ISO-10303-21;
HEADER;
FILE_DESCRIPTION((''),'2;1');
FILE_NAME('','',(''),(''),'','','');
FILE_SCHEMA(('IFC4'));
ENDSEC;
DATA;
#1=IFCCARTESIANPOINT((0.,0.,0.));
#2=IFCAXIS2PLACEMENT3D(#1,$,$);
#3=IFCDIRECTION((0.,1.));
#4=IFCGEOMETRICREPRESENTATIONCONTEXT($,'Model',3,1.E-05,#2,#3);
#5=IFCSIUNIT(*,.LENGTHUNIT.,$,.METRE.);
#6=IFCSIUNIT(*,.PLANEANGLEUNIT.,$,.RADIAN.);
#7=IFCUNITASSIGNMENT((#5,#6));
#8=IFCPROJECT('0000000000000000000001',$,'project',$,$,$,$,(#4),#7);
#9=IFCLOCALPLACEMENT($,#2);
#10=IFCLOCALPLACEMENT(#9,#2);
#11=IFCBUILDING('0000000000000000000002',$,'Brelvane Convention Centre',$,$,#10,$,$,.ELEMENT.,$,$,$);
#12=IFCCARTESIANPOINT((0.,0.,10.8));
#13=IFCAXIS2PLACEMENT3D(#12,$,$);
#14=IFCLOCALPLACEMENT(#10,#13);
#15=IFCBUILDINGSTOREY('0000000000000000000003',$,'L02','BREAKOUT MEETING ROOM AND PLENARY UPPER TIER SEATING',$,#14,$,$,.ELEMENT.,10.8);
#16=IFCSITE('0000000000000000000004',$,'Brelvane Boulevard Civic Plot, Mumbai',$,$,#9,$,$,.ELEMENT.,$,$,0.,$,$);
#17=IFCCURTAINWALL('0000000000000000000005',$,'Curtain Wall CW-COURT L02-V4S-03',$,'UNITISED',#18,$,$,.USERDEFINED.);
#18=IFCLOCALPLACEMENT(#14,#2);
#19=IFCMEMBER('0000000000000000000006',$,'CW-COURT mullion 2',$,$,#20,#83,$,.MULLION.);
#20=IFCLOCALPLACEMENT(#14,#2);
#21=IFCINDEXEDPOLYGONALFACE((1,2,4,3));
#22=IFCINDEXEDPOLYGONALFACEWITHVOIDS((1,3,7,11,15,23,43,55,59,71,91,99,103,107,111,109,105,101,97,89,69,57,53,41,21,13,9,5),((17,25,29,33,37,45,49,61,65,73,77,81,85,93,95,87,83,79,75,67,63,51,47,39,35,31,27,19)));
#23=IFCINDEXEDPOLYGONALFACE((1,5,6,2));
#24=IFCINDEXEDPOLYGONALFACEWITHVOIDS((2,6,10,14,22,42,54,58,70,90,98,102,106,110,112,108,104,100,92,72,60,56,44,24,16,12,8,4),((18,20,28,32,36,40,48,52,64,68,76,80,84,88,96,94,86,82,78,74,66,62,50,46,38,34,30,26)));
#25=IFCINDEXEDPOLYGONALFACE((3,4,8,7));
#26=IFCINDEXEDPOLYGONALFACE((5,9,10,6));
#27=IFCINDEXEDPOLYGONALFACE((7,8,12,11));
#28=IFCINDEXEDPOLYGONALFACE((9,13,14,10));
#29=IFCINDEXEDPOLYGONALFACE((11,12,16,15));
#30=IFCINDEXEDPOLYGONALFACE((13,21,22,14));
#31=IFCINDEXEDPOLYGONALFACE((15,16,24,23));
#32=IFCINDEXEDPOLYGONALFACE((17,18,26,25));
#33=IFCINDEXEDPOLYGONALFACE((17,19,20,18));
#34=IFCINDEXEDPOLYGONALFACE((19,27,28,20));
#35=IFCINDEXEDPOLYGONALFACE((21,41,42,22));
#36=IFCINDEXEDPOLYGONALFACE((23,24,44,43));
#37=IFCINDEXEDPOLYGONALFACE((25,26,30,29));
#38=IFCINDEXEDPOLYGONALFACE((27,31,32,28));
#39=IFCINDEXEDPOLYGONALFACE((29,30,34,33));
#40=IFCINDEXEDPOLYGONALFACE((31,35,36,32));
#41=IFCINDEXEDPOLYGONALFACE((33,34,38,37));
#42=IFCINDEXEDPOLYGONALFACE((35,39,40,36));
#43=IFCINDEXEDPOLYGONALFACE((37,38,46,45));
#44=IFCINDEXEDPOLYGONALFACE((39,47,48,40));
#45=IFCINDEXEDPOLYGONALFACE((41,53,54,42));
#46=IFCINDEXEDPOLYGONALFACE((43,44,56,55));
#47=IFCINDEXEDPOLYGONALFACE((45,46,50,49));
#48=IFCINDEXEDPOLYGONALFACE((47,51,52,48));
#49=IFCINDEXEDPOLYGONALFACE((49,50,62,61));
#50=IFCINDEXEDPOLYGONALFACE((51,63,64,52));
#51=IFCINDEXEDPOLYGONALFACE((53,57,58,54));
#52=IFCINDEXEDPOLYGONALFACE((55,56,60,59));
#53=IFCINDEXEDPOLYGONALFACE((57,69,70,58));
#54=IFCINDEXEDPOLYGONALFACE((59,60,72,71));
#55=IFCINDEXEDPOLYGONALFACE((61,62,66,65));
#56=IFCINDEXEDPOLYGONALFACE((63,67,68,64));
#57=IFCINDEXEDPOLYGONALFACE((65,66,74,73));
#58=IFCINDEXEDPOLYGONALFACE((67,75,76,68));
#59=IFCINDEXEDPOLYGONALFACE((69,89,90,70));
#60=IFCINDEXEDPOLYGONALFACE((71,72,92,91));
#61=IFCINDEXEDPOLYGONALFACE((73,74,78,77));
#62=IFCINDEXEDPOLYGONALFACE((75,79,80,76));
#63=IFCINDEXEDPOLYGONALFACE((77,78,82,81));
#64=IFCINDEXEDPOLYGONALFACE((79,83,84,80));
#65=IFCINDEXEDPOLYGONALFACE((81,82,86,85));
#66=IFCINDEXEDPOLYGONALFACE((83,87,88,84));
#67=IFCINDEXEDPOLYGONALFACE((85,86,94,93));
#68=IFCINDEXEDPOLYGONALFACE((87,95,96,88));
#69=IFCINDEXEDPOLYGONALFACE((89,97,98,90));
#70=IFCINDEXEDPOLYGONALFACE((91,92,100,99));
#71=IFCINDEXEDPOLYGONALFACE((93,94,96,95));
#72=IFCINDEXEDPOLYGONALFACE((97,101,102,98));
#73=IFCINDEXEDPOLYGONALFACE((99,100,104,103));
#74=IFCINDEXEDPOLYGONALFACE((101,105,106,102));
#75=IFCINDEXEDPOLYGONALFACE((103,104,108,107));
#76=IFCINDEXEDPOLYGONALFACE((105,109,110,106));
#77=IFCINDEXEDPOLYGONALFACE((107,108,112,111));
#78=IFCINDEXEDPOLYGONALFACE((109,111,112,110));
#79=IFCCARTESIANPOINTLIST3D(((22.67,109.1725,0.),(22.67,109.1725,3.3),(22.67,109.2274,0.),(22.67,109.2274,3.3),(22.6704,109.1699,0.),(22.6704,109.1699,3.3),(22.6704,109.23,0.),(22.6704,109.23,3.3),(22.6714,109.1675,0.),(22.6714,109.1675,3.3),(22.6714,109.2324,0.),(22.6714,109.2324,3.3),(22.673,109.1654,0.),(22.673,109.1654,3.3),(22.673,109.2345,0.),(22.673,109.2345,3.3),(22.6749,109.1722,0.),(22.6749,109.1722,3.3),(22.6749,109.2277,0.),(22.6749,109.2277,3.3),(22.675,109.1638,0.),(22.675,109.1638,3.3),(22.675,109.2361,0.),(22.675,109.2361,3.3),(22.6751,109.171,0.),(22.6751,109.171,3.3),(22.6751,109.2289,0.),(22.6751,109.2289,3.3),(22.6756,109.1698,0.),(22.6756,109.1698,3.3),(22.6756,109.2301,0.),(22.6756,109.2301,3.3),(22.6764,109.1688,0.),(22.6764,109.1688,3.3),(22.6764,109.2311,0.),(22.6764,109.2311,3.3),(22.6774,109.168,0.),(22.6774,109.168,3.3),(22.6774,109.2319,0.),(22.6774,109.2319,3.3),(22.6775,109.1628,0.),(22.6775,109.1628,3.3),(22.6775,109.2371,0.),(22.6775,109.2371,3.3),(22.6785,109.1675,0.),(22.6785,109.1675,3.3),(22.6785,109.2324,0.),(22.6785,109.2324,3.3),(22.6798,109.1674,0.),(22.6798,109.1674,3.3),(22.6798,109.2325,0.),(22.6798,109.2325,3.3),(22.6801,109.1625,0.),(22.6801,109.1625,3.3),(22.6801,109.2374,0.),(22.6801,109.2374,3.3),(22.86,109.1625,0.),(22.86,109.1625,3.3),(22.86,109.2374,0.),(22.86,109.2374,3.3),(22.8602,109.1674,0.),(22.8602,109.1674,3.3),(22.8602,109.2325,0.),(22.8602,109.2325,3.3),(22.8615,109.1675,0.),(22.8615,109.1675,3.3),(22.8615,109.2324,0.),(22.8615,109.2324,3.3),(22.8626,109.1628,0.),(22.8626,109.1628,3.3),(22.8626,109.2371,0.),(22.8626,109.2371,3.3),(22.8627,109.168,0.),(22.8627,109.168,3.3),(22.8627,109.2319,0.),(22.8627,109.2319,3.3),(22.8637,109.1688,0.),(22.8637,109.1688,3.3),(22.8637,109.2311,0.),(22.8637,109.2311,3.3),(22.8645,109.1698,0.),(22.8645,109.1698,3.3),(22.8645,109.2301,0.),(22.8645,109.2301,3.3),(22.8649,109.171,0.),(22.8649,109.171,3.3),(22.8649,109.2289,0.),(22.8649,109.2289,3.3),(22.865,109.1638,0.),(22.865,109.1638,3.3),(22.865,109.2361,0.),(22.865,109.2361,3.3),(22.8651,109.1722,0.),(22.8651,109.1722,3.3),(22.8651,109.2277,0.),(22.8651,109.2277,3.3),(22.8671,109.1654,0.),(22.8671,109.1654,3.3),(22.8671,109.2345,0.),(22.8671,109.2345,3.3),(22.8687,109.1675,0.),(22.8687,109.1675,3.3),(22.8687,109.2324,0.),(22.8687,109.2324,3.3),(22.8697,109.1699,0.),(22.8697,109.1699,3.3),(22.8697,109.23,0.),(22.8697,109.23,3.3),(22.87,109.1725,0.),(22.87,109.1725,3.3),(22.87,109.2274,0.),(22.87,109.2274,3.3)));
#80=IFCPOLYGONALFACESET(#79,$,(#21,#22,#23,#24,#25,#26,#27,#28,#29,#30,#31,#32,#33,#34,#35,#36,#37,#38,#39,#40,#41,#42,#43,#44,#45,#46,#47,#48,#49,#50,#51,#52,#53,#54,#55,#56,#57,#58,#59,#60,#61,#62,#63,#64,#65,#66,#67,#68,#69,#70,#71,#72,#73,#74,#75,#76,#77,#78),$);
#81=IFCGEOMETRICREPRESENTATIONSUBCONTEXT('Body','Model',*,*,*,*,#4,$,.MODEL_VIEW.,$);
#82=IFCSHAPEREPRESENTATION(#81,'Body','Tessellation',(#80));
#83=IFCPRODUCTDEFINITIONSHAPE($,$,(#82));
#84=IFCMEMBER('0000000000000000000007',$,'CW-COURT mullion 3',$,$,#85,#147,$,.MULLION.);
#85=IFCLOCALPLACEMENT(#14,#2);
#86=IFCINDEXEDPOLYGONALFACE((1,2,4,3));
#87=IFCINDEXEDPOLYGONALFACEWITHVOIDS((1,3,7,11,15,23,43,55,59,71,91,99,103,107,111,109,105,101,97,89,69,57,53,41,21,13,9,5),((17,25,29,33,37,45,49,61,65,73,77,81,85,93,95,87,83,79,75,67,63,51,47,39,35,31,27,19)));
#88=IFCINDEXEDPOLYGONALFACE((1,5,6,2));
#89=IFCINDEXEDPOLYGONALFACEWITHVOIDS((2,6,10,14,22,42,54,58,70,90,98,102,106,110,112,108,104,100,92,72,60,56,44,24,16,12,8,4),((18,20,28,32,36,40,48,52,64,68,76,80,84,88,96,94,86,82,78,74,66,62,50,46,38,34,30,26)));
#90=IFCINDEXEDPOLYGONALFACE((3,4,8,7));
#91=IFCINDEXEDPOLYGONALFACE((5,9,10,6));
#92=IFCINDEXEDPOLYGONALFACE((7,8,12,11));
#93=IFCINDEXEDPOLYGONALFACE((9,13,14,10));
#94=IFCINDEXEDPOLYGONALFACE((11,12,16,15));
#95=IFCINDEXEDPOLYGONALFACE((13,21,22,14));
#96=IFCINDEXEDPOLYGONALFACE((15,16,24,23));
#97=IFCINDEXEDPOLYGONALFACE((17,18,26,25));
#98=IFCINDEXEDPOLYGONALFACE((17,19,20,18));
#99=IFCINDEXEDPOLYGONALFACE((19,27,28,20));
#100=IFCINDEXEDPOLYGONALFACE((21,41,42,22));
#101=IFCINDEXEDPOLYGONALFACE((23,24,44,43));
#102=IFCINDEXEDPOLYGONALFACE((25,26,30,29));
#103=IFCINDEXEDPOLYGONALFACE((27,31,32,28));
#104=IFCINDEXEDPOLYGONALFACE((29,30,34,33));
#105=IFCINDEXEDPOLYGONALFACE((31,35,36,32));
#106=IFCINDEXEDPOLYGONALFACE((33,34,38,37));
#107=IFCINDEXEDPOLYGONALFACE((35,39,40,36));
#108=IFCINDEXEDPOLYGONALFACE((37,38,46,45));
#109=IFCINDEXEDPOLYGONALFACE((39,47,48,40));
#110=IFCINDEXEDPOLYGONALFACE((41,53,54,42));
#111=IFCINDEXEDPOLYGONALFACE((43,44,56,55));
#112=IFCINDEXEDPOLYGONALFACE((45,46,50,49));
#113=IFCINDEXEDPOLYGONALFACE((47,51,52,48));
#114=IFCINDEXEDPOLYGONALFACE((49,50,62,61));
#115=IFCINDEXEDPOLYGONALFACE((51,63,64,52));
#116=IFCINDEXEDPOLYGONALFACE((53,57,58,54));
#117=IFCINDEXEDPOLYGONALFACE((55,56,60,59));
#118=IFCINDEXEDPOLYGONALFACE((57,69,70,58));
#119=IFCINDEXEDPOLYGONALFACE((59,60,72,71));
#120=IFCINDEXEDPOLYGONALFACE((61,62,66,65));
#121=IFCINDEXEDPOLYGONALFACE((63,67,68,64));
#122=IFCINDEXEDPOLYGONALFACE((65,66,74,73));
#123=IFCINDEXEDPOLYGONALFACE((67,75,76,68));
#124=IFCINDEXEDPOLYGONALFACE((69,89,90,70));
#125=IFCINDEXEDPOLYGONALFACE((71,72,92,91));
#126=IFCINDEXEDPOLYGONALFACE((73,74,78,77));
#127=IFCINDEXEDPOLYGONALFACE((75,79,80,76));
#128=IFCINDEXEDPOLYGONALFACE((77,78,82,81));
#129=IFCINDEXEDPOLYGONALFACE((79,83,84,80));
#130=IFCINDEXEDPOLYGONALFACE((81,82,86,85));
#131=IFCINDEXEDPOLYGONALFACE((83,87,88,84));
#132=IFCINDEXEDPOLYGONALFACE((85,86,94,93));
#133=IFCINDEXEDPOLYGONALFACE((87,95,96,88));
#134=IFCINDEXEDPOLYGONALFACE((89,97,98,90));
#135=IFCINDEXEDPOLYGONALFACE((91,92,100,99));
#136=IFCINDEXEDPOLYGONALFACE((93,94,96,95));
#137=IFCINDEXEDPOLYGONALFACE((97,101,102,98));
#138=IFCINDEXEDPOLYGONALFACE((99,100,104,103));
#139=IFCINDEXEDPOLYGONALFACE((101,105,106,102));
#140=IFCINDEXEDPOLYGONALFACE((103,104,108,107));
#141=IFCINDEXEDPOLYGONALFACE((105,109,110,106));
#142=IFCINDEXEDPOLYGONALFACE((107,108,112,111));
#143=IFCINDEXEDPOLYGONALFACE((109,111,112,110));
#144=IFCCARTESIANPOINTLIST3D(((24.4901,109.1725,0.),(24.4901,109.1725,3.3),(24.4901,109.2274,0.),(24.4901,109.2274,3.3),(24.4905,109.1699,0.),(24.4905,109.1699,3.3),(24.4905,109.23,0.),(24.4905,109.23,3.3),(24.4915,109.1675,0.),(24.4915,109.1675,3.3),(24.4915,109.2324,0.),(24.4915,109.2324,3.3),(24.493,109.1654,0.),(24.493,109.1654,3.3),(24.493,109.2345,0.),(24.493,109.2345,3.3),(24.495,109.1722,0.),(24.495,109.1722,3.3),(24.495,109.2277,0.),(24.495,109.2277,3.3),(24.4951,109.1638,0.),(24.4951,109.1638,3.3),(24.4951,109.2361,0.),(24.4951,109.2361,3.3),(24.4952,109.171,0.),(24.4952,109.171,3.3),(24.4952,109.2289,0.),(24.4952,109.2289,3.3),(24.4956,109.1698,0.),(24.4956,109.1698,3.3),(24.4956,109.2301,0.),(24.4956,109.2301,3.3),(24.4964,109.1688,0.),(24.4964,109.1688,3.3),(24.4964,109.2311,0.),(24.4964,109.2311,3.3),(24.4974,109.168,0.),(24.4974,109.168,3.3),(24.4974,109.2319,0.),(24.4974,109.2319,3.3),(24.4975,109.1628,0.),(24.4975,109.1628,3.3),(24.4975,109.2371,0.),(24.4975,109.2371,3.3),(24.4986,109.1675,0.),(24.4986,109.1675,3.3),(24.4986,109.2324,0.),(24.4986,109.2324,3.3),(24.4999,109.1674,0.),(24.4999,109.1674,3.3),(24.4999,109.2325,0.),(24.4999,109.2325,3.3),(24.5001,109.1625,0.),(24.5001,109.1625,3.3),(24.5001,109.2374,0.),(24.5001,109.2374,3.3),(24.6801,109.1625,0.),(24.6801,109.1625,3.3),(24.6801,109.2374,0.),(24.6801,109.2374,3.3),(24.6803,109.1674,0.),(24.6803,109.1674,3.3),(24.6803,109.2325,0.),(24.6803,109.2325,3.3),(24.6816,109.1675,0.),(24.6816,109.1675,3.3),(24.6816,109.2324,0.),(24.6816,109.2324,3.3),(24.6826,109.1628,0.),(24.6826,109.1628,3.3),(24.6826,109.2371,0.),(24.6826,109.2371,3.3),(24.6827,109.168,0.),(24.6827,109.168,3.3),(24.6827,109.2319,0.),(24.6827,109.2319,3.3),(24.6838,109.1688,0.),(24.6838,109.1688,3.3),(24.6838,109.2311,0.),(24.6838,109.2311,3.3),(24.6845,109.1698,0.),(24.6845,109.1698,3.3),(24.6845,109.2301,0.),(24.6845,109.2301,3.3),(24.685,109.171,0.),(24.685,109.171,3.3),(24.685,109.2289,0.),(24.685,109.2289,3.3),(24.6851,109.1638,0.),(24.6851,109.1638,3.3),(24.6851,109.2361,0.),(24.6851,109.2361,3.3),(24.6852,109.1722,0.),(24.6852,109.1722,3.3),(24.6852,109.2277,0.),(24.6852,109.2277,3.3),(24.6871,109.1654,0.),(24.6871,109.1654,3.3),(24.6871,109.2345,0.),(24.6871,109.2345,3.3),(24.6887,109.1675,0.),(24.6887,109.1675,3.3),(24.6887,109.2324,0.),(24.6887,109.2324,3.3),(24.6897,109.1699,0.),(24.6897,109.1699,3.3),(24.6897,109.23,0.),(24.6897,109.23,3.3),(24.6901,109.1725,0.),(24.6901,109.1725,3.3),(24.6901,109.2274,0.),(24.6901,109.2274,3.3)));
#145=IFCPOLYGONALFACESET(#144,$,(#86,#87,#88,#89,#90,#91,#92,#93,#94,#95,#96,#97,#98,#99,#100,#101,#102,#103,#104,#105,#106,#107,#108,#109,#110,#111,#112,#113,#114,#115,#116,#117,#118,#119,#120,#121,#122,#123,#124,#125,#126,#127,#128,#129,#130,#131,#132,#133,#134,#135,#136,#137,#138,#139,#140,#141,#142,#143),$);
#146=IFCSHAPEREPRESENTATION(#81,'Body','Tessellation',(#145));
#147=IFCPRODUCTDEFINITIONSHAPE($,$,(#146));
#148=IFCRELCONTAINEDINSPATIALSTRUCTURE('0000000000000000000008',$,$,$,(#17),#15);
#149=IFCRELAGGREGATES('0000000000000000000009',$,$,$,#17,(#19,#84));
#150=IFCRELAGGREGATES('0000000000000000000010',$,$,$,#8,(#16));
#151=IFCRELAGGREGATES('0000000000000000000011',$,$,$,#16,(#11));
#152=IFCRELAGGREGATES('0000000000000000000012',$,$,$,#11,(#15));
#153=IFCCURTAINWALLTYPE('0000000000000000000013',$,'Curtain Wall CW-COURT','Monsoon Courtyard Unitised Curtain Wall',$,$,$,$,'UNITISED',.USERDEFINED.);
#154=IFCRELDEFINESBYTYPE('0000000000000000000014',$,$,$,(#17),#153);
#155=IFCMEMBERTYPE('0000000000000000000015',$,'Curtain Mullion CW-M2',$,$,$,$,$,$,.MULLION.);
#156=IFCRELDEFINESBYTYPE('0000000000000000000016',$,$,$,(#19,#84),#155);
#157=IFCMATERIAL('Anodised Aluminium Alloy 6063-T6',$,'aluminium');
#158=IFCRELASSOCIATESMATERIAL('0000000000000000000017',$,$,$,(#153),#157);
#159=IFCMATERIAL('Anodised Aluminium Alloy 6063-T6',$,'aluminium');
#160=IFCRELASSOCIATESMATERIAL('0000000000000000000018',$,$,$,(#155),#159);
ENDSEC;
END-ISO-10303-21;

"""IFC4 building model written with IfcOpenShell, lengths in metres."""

from ifc_helpers import new_model, si_unit, direction, frame, origin, origin_2d, place, context, subcontext, project, spatial, hollow_rectangle, extrude, material, material_profile, profile_set, type_object, element, aggregate, save


model = new_model("IFC4")

# Units and contexts
model_context = context("Model", 3, precision=1e-05, world=origin(), true_north=direction((0.0, 1.0)))
body_context = subcontext(model_context, "Body", "Model", "MODEL_VIEW")
ifc_project = project(units=[si_unit("LENGTHUNIT", "METRE"), si_unit("PLANEANGLEUNIT", "RADIAN")], contexts=[model_context])

# Site, building, storey
site_placement = place(None, origin())
site = spatial("IfcSite", under=ifc_project, at=site_placement, Name="Brelvane Boulevard Civic Plot, Mumbai", CompositionType="ELEMENT", RefElevation=0.0)
building_placement = place(site_placement, origin())
building = spatial("IfcBuilding", under=site, at=building_placement, Name="Brelvane Convention Centre", CompositionType="ELEMENT")
storey_placement = place(building_placement, frame((0.0, 0.0, 10.8)))
storey = spatial("IfcBuildingStorey", under=building, at=storey_placement, Name="L02", Description="BREAKOUT MEETING ROOM AND PLENARY UPPER TIER SEATING", CompositionType="ELEMENT", Elevation=10.8)

# Curtain wall, members
ifc_material_1 = material(Name="Anodised Aluminium Alloy 6063-T6", Category="aluminium")
curtain_wall_type_1 = type_object("IfcCurtainWallType", Name="Curtain Wall CW-COURT", Description="Monsoon Courtyard Unitised Curtain Wall", ElementType="UNITISED", PredefinedType="USERDEFINED", material=ifc_material_1)
curtain_wall_1_placement = place(storey_placement, origin())
curtain_wall_1 = element("IfcCurtainWall", 1, at=curtain_wall_1_placement, inside=storey, type_object=curtain_wall_type_1, Name="Curtain Wall CW-COURT L02-V4S-03", ObjectType="UNITISED", PredefinedType="USERDEFINED")
ifc_material_2 = material(Name="Anodised Aluminium Alloy 6063-T6", Category="aluminium")
ifc_material_profile_1 = material_profile(ifc_material_2, hollow_rectangle(XDim=0.075, YDim=0.2, WallThickness=0.0049, InnerFilletRadius=0.0049, OuterFilletRadius=0.01, at=origin_2d()), Name="ALU-M 200x75x5.0")
ifc_profile_set_1 = profile_set([ifc_material_profile_1], Name="Anodised Aluminium Alloy 6063-T6")
member_type_1 = type_object("IfcMemberType", Name="Curtain Mullion CW-M2", PredefinedType="MULLION", material=ifc_profile_set_1)
member_1_placement = place(storey_placement, frame((22.77, 109.2, 0.0), z_axis=(0.0, 0.0, 1.0), x_axis=(0.0, 1.0, 0.0)))
member_1 = element("IfcMember", 2, at=member_1_placement, type_object=member_type_1, Name="CW-COURT mullion 2", PredefinedType="MULLION", context=body_context, shape_type="SweptSolid", body=[
    extrude(hollow_rectangle(XDim=0.075, YDim=0.2, WallThickness=0.0049, InnerFilletRadius=0.0049, OuterFilletRadius=0.01, at=origin_2d()), origin(), (0.0, 0.0, 1.0), 3.3),
])
member_2_placement = place(storey_placement, frame((24.5901, 109.2, 0.0), z_axis=(0.0, 0.0, 1.0), x_axis=(0.0, 1.0, 0.0)))
member_2 = element("IfcMember", 3, at=member_2_placement, type_object=member_type_1, Name="CW-COURT mullion 3", PredefinedType="MULLION", context=body_context, shape_type="SweptSolid", body=[
    extrude(hollow_rectangle(XDim=0.075, YDim=0.2, WallThickness=0.0049, InnerFilletRadius=0.0049, OuterFilletRadius=0.01, at=origin_2d()), origin(), (0.0, 0.0, 1.0), 3.3),
])

aggregate(curtain_wall_1, [member_1, member_2])

save(model, "model.ifc")
